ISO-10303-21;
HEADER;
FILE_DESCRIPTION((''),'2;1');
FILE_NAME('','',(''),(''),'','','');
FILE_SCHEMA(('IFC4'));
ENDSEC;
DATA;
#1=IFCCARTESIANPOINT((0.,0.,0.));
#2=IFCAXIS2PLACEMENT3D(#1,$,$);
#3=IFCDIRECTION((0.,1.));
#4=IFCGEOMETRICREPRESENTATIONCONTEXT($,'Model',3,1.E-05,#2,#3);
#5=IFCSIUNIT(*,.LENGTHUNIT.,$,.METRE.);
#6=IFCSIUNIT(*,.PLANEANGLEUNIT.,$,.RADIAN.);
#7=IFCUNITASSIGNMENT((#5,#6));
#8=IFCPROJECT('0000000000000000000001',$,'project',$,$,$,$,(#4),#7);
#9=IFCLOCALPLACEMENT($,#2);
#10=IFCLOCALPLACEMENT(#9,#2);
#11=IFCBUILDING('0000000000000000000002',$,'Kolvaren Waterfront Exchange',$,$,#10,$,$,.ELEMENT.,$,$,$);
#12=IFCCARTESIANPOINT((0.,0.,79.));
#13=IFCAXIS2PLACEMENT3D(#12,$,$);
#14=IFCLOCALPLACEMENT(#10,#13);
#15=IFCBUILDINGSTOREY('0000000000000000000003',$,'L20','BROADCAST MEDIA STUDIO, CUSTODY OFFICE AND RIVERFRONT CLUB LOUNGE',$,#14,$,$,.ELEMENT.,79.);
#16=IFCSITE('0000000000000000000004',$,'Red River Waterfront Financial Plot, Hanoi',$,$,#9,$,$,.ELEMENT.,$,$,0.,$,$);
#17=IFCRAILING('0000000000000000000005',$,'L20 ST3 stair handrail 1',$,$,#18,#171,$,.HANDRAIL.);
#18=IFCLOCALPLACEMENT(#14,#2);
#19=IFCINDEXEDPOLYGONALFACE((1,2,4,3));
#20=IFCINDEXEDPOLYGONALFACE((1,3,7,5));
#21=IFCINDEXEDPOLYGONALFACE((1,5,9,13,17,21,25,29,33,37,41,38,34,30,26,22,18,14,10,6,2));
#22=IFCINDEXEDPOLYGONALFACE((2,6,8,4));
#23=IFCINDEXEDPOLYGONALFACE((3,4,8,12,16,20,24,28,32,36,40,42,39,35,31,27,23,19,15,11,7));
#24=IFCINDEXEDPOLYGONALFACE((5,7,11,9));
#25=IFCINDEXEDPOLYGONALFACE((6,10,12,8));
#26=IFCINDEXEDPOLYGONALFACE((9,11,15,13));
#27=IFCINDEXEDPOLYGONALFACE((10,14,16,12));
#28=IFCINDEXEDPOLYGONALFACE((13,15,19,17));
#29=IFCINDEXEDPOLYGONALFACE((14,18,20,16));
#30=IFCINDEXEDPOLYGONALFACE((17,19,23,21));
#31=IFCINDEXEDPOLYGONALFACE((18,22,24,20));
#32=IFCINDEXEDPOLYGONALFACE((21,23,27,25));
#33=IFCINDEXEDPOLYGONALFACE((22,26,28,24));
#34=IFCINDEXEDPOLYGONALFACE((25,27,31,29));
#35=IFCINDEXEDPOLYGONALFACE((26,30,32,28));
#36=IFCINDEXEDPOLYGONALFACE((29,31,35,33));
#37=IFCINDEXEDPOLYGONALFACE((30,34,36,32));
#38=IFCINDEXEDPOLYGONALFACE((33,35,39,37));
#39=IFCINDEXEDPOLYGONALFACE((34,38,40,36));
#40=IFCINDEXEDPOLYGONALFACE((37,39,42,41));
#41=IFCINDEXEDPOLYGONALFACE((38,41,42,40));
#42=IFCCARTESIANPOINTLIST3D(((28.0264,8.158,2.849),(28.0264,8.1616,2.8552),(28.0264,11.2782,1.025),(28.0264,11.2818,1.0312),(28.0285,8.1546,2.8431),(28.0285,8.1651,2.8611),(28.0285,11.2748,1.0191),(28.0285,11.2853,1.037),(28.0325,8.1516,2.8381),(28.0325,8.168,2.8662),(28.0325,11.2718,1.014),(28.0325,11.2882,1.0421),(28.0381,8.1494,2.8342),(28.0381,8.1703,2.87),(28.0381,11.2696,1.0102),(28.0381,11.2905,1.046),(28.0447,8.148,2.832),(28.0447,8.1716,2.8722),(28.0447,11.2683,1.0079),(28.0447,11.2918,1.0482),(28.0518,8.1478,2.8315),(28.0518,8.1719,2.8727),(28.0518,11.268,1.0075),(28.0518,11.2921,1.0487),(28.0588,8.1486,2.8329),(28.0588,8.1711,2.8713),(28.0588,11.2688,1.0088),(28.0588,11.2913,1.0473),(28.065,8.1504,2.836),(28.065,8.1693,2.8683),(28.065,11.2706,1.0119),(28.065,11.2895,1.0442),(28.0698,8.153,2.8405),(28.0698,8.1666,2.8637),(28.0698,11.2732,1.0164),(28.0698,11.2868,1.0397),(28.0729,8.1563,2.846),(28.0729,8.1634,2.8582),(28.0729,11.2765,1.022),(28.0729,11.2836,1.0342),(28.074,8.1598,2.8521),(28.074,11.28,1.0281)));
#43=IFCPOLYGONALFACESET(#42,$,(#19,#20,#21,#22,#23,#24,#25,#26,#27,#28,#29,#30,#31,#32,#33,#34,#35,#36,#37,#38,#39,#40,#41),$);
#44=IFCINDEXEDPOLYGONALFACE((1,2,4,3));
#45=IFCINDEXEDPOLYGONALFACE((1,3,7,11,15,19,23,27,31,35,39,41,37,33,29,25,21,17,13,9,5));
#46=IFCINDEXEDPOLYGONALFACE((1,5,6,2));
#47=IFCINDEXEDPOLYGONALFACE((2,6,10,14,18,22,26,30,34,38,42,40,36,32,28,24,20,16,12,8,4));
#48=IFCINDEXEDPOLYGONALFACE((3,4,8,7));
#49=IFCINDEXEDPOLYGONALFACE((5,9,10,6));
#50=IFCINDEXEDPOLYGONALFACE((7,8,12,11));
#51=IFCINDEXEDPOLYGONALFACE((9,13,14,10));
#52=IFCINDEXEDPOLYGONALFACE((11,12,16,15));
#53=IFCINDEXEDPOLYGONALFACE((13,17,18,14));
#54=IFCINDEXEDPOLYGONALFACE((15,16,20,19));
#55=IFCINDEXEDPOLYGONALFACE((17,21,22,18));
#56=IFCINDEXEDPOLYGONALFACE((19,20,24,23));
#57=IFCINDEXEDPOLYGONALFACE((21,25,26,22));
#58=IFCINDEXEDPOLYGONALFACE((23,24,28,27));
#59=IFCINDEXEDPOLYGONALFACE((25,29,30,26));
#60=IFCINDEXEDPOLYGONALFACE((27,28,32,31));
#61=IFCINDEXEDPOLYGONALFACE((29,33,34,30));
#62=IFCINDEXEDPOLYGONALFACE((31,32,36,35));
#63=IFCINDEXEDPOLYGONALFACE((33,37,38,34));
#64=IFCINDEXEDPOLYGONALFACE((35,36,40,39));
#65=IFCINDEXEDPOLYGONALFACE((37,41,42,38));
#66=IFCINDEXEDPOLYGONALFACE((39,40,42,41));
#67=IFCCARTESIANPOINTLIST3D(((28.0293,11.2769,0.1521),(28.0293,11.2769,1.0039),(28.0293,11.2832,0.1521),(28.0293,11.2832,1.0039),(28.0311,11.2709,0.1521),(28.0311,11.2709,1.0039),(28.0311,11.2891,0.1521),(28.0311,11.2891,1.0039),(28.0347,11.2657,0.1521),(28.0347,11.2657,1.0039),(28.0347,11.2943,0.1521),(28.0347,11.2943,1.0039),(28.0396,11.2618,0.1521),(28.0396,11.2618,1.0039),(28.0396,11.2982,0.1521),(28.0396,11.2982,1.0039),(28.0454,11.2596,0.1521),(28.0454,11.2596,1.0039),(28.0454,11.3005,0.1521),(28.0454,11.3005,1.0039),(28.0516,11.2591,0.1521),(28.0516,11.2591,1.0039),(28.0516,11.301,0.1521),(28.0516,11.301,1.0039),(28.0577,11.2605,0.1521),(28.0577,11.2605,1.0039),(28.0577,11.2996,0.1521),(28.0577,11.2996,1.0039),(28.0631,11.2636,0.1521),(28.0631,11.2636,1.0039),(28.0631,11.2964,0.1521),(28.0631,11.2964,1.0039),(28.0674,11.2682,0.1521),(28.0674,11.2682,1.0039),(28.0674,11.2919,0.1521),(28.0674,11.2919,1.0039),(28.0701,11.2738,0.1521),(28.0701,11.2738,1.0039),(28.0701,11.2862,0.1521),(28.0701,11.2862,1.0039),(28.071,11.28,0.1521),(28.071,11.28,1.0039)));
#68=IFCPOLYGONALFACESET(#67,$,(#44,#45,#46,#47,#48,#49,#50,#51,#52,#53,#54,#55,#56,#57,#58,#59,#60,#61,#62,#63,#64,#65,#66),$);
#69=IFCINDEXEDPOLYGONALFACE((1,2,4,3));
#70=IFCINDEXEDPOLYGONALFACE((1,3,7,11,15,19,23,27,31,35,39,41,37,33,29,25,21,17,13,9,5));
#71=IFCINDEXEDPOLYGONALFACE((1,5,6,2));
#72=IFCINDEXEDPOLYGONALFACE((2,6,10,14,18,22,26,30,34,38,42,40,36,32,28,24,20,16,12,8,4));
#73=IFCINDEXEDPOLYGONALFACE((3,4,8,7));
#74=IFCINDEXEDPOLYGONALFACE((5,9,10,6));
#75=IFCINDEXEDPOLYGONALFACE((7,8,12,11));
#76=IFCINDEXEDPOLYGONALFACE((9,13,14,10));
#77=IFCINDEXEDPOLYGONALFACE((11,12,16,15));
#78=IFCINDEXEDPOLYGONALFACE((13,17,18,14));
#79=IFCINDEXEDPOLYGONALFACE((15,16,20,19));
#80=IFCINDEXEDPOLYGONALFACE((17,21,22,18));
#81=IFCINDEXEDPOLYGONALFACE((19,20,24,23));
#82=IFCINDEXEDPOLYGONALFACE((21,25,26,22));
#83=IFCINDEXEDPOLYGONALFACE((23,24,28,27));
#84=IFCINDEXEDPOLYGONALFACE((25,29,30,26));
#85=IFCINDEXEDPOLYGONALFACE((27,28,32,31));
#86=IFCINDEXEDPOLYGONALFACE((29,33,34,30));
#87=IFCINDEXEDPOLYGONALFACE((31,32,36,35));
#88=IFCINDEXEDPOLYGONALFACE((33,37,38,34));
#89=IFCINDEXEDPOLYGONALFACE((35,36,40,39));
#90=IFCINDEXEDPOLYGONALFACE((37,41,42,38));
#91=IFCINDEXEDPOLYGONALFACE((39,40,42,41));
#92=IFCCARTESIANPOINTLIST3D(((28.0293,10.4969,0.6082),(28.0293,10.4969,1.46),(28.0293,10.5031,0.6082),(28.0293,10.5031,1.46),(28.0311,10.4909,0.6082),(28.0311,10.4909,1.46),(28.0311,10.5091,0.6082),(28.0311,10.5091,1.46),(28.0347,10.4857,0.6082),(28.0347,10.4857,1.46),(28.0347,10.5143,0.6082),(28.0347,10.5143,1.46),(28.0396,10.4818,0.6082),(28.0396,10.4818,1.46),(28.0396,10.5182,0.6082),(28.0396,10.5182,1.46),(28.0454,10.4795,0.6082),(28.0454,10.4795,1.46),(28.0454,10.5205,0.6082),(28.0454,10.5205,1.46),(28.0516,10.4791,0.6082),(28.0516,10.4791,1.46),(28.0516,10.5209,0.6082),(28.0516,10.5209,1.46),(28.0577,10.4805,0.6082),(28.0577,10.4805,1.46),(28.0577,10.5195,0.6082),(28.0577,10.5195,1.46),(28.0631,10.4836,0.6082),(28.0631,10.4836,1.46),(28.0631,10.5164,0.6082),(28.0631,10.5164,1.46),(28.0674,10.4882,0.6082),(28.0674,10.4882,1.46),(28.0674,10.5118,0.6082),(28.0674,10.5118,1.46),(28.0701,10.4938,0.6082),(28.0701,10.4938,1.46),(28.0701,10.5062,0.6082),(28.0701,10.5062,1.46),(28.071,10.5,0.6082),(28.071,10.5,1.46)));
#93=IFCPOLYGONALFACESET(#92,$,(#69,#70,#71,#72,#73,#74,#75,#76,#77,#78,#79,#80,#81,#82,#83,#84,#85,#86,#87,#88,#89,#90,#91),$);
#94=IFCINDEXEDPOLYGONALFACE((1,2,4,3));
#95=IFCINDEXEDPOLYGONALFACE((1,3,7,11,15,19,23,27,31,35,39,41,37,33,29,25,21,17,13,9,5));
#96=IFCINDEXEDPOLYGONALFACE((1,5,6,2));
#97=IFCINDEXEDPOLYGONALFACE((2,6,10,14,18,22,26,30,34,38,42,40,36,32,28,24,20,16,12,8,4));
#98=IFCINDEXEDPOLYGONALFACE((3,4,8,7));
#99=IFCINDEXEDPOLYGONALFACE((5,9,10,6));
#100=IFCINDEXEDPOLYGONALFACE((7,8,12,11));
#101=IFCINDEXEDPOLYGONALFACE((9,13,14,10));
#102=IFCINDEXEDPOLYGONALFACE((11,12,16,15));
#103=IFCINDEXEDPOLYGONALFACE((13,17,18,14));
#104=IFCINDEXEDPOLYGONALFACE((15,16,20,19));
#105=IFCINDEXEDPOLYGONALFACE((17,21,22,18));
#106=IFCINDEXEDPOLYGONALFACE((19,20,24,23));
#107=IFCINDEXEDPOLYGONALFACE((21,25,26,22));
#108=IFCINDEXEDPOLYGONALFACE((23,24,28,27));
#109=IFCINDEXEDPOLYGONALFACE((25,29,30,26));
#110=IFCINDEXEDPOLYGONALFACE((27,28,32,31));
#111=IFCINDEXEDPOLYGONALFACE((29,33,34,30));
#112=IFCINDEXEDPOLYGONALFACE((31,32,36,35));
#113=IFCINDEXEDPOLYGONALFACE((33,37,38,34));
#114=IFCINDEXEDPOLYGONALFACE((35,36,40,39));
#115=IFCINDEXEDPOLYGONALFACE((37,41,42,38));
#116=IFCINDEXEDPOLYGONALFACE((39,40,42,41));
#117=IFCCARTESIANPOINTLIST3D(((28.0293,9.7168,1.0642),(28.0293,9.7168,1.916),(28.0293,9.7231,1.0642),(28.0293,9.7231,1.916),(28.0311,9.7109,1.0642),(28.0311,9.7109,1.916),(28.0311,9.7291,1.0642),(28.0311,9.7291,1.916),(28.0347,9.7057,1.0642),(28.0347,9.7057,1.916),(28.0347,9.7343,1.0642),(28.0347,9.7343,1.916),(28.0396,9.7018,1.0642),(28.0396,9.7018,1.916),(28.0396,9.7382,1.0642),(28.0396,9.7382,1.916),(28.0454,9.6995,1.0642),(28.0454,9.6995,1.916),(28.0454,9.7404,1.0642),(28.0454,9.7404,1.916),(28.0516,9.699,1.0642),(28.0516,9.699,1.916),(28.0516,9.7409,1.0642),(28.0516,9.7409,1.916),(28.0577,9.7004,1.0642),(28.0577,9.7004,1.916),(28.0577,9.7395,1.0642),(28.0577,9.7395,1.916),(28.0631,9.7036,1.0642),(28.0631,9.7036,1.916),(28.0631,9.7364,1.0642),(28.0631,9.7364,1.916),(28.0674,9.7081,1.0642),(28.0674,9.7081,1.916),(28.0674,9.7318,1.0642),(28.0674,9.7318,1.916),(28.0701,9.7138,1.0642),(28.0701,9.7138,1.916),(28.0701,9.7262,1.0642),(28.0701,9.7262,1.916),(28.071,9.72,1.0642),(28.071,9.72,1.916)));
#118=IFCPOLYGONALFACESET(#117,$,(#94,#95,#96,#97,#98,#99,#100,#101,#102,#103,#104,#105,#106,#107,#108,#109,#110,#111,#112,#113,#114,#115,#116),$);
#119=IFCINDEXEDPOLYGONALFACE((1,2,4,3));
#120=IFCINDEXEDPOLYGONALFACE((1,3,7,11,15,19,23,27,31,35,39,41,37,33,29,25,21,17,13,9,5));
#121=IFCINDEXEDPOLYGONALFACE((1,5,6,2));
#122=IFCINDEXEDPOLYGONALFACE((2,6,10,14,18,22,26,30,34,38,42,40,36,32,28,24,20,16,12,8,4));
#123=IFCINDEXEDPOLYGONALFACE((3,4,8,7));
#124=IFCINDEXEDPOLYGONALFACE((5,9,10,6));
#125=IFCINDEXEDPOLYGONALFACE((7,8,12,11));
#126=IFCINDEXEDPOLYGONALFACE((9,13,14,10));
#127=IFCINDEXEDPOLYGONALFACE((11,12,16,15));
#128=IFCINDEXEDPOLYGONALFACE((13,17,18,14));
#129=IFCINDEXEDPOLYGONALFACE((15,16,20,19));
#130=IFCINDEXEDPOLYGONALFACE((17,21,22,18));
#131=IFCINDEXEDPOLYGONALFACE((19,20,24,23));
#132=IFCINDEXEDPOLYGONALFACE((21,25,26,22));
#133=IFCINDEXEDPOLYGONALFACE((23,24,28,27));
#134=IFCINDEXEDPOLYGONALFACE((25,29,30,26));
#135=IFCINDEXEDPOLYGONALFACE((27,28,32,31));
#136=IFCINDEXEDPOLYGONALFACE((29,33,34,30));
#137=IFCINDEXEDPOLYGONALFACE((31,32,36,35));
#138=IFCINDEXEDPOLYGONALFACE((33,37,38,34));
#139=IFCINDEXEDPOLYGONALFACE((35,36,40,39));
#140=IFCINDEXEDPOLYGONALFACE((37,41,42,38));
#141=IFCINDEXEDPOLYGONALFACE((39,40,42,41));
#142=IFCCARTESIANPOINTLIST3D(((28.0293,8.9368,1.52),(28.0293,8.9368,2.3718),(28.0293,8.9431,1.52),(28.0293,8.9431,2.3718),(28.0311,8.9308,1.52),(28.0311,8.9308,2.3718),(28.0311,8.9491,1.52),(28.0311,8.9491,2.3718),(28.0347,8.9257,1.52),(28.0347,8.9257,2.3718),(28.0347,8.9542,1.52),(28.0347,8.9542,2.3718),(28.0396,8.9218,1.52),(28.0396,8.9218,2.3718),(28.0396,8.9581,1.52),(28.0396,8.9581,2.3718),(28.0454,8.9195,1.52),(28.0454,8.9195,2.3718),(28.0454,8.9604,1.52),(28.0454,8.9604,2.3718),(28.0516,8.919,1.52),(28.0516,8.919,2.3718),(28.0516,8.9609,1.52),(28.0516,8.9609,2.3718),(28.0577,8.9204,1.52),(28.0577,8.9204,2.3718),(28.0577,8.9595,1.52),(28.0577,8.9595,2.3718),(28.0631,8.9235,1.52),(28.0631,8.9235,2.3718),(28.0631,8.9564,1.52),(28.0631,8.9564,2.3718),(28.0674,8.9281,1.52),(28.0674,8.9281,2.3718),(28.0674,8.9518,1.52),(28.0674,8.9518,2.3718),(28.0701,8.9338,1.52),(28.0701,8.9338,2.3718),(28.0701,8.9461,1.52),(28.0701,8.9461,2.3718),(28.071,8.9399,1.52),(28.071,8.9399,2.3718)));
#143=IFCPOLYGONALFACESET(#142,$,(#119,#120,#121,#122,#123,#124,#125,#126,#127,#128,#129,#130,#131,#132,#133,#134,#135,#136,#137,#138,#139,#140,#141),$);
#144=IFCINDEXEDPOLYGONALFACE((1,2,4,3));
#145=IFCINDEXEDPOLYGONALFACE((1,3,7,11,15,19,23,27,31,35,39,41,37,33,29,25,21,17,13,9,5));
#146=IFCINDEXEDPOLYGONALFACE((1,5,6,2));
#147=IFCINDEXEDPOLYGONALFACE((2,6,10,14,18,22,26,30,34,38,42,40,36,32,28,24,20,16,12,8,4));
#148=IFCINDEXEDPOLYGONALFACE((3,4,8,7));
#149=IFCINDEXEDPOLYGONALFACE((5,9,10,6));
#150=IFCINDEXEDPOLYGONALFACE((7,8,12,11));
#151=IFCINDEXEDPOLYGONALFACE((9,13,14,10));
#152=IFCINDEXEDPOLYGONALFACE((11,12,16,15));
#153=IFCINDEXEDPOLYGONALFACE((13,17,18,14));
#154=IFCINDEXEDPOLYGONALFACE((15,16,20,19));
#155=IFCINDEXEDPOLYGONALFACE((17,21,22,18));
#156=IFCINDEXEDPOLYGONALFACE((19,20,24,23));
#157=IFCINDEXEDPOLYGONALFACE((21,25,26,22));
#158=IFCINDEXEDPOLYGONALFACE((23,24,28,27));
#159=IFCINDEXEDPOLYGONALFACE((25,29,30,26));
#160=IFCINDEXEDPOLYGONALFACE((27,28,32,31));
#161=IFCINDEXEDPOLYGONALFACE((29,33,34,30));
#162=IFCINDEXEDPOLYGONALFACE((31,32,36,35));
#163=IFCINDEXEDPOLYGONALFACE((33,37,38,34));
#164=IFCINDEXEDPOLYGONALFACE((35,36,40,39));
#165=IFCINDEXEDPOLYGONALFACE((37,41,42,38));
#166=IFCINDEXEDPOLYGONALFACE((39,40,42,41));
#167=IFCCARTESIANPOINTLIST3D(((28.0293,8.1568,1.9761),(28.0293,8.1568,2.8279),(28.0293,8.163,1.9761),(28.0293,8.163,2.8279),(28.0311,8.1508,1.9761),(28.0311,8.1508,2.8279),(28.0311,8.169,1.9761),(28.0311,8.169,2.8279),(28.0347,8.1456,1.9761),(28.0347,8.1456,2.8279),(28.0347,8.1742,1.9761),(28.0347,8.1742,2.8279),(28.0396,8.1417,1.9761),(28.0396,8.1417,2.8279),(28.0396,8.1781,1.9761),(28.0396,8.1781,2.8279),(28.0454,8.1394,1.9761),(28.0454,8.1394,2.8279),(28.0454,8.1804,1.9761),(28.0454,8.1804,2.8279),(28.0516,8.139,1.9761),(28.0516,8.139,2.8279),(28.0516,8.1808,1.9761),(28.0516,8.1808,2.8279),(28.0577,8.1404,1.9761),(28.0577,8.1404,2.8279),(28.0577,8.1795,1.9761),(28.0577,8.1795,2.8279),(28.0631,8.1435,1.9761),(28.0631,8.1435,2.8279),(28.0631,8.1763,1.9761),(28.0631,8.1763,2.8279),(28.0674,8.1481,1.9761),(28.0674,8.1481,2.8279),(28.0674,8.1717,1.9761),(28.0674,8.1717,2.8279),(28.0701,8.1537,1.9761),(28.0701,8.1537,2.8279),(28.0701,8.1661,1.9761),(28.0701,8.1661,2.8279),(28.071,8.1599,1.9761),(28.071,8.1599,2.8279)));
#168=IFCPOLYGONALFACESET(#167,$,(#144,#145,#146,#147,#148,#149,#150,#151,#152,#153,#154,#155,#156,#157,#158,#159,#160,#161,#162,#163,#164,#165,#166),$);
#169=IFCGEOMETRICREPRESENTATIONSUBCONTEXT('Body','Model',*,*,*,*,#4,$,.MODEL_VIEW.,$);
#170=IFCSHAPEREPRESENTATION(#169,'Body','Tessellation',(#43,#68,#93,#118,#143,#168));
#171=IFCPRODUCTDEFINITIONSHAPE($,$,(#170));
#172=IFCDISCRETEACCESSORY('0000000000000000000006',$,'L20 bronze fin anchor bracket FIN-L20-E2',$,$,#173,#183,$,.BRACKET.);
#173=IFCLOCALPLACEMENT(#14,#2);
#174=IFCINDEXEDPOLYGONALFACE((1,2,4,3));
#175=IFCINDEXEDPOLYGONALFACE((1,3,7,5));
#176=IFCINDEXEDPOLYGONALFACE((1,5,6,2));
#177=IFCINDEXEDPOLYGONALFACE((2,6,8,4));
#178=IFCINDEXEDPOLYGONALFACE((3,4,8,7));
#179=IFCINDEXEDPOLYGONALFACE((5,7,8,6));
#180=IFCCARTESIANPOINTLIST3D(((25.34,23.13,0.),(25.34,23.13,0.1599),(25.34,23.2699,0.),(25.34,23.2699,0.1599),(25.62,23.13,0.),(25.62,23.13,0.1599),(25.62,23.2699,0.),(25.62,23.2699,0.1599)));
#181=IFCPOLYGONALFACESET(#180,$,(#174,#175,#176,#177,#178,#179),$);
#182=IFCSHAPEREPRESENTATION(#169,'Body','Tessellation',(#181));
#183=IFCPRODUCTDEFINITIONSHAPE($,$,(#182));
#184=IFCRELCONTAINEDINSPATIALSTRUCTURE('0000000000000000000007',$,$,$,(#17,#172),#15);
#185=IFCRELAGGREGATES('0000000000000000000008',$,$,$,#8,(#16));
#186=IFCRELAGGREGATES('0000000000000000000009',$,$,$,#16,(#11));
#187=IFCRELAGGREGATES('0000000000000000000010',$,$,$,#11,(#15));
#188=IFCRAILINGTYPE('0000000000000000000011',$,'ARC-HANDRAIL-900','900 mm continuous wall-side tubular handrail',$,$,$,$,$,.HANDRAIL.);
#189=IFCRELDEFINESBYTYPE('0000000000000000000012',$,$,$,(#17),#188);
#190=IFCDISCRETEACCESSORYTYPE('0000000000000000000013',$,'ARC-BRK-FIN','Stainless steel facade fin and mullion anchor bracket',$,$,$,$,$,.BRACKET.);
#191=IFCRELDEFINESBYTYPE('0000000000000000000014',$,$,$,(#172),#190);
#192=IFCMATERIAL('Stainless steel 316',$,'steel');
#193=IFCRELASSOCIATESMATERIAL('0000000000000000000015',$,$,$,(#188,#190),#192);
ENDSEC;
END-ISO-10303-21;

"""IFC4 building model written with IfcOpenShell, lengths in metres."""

from ifc_helpers import new_model, si_unit, direction, frame, origin, origin_with_axes, origin_2d, place, context, subcontext, project, spatial, rectangle, circle, extrude, source, transform, mapped, material, type_object, element, save


model = new_model("IFC4")

# Units and contexts
model_context = context("Model", 3, precision=1e-05, world=origin(), true_north=direction((0.0, 1.0)))
body_context = subcontext(model_context, "Body", "Model", "MODEL_VIEW")
ifc_project = project(units=[si_unit("LENGTHUNIT", "METRE"), si_unit("PLANEANGLEUNIT", "RADIAN")], contexts=[model_context])

# Site, building, storey
site_placement = place(None, origin())
site = spatial("IfcSite", under=ifc_project, at=site_placement, Name="Red River Waterfront Financial Plot, Hanoi", CompositionType="ELEMENT", RefElevation=0.0)
building_placement = place(site_placement, origin())
building = spatial("IfcBuilding", under=site, at=building_placement, Name="Kolvaren Waterfront Exchange", CompositionType="ELEMENT")
storey_placement = place(building_placement, frame((0.0, 0.0, 79.0)))
storey = spatial("IfcBuildingStorey", under=building, at=storey_placement, Name="L20", Description="BROADCAST MEDIA STUDIO, CUSTODY OFFICE AND RIVERFRONT CLUB LOUNGE", CompositionType="ELEMENT", Elevation=79.0)

# Railing
ifc_material_1 = material(Name="Stainless steel 316", Category="steel")
railing_type = type_object("IfcRailingType", Name="ARC-HANDRAIL-900", Description="900 mm continuous wall-side tubular handrail", PredefinedType="HANDRAIL", material=ifc_material_1)
railing_1_placement = place(storey_placement, frame((28.05, 11.28, 0.1521)))
element("IfcRailing", 1, at=railing_1_placement, inside=storey, type_object=railing_type, Name="L20 ST3 stair handrail 1", PredefinedType="HANDRAIL", context=body_context, shape_type="SweptSolid", body=[
    extrude(circle(Radius=0.0239, at=origin_2d()), frame((0.0, 0.0, 0.876), z_axis=(0.0, -0.863308, 0.504677), x_axis=(1.0, 0.0, 0.0)), (0.0, 0.0, 1.0), 3.6143),
    extrude(circle(Radius=0.021, at=origin_2d()), origin(), (0.0, 0.0, 1.0), 0.8518),
    extrude(circle(Radius=0.021, at=origin_2d()), frame((0.0, -0.78, 0.4561)), (0.0, 0.0, 1.0), 0.8518),
    extrude(circle(Radius=0.021, at=origin_2d()), frame((0.0, -1.5601, 0.9121)), (0.0, 0.0, 1.0), 0.8518),
    extrude(circle(Radius=0.021, at=origin_2d()), frame((0.0, -2.3401, 1.3679)), (0.0, 0.0, 1.0), 0.8518),
    extrude(circle(Radius=0.021, at=origin_2d()), frame((0.0, -3.1201, 1.824)), (0.0, 0.0, 1.0), 0.8518),
])

# Discrete accessory
discrete_accessory_type = type_object("IfcDiscreteAccessoryType", Name="ARC-BRK-FIN", Description="Stainless steel facade fin and mullion anchor bracket", PredefinedType="BRACKET", material=ifc_material_1)
shared_shape = source(origin_with_axes(), body_context, "Body", "SweptSolid", [
    extrude(rectangle(XDim=0.28, YDim=0.1399, at=origin_2d()), origin(), (0.0, 0.0, 1.0), 0.1599),
])
discrete_accessory_placement = place(storey_placement, frame((25.48, 23.2, 0.0), z_axis=(0.0, 0.0, 1.0), x_axis=(1.0, 0.0, 0.0)))
element("IfcDiscreteAccessory", 2, at=discrete_accessory_placement, inside=storey, type_object=discrete_accessory_type, Name="L20 bronze fin anchor bracket FIN-L20-E2", PredefinedType="BRACKET", context=body_context, shape_type="MappedRepresentation", body=[
    mapped(shared_shape, transform((0.0, 0.0, 0.0), x_axis=(1.0, 0.0, 0.0), y_axis=(0.0, 1.0, 0.0), z_axis=(0.0, 0.0, 1.0), scale=1.0)),
])

save(model, "model.ifc")
